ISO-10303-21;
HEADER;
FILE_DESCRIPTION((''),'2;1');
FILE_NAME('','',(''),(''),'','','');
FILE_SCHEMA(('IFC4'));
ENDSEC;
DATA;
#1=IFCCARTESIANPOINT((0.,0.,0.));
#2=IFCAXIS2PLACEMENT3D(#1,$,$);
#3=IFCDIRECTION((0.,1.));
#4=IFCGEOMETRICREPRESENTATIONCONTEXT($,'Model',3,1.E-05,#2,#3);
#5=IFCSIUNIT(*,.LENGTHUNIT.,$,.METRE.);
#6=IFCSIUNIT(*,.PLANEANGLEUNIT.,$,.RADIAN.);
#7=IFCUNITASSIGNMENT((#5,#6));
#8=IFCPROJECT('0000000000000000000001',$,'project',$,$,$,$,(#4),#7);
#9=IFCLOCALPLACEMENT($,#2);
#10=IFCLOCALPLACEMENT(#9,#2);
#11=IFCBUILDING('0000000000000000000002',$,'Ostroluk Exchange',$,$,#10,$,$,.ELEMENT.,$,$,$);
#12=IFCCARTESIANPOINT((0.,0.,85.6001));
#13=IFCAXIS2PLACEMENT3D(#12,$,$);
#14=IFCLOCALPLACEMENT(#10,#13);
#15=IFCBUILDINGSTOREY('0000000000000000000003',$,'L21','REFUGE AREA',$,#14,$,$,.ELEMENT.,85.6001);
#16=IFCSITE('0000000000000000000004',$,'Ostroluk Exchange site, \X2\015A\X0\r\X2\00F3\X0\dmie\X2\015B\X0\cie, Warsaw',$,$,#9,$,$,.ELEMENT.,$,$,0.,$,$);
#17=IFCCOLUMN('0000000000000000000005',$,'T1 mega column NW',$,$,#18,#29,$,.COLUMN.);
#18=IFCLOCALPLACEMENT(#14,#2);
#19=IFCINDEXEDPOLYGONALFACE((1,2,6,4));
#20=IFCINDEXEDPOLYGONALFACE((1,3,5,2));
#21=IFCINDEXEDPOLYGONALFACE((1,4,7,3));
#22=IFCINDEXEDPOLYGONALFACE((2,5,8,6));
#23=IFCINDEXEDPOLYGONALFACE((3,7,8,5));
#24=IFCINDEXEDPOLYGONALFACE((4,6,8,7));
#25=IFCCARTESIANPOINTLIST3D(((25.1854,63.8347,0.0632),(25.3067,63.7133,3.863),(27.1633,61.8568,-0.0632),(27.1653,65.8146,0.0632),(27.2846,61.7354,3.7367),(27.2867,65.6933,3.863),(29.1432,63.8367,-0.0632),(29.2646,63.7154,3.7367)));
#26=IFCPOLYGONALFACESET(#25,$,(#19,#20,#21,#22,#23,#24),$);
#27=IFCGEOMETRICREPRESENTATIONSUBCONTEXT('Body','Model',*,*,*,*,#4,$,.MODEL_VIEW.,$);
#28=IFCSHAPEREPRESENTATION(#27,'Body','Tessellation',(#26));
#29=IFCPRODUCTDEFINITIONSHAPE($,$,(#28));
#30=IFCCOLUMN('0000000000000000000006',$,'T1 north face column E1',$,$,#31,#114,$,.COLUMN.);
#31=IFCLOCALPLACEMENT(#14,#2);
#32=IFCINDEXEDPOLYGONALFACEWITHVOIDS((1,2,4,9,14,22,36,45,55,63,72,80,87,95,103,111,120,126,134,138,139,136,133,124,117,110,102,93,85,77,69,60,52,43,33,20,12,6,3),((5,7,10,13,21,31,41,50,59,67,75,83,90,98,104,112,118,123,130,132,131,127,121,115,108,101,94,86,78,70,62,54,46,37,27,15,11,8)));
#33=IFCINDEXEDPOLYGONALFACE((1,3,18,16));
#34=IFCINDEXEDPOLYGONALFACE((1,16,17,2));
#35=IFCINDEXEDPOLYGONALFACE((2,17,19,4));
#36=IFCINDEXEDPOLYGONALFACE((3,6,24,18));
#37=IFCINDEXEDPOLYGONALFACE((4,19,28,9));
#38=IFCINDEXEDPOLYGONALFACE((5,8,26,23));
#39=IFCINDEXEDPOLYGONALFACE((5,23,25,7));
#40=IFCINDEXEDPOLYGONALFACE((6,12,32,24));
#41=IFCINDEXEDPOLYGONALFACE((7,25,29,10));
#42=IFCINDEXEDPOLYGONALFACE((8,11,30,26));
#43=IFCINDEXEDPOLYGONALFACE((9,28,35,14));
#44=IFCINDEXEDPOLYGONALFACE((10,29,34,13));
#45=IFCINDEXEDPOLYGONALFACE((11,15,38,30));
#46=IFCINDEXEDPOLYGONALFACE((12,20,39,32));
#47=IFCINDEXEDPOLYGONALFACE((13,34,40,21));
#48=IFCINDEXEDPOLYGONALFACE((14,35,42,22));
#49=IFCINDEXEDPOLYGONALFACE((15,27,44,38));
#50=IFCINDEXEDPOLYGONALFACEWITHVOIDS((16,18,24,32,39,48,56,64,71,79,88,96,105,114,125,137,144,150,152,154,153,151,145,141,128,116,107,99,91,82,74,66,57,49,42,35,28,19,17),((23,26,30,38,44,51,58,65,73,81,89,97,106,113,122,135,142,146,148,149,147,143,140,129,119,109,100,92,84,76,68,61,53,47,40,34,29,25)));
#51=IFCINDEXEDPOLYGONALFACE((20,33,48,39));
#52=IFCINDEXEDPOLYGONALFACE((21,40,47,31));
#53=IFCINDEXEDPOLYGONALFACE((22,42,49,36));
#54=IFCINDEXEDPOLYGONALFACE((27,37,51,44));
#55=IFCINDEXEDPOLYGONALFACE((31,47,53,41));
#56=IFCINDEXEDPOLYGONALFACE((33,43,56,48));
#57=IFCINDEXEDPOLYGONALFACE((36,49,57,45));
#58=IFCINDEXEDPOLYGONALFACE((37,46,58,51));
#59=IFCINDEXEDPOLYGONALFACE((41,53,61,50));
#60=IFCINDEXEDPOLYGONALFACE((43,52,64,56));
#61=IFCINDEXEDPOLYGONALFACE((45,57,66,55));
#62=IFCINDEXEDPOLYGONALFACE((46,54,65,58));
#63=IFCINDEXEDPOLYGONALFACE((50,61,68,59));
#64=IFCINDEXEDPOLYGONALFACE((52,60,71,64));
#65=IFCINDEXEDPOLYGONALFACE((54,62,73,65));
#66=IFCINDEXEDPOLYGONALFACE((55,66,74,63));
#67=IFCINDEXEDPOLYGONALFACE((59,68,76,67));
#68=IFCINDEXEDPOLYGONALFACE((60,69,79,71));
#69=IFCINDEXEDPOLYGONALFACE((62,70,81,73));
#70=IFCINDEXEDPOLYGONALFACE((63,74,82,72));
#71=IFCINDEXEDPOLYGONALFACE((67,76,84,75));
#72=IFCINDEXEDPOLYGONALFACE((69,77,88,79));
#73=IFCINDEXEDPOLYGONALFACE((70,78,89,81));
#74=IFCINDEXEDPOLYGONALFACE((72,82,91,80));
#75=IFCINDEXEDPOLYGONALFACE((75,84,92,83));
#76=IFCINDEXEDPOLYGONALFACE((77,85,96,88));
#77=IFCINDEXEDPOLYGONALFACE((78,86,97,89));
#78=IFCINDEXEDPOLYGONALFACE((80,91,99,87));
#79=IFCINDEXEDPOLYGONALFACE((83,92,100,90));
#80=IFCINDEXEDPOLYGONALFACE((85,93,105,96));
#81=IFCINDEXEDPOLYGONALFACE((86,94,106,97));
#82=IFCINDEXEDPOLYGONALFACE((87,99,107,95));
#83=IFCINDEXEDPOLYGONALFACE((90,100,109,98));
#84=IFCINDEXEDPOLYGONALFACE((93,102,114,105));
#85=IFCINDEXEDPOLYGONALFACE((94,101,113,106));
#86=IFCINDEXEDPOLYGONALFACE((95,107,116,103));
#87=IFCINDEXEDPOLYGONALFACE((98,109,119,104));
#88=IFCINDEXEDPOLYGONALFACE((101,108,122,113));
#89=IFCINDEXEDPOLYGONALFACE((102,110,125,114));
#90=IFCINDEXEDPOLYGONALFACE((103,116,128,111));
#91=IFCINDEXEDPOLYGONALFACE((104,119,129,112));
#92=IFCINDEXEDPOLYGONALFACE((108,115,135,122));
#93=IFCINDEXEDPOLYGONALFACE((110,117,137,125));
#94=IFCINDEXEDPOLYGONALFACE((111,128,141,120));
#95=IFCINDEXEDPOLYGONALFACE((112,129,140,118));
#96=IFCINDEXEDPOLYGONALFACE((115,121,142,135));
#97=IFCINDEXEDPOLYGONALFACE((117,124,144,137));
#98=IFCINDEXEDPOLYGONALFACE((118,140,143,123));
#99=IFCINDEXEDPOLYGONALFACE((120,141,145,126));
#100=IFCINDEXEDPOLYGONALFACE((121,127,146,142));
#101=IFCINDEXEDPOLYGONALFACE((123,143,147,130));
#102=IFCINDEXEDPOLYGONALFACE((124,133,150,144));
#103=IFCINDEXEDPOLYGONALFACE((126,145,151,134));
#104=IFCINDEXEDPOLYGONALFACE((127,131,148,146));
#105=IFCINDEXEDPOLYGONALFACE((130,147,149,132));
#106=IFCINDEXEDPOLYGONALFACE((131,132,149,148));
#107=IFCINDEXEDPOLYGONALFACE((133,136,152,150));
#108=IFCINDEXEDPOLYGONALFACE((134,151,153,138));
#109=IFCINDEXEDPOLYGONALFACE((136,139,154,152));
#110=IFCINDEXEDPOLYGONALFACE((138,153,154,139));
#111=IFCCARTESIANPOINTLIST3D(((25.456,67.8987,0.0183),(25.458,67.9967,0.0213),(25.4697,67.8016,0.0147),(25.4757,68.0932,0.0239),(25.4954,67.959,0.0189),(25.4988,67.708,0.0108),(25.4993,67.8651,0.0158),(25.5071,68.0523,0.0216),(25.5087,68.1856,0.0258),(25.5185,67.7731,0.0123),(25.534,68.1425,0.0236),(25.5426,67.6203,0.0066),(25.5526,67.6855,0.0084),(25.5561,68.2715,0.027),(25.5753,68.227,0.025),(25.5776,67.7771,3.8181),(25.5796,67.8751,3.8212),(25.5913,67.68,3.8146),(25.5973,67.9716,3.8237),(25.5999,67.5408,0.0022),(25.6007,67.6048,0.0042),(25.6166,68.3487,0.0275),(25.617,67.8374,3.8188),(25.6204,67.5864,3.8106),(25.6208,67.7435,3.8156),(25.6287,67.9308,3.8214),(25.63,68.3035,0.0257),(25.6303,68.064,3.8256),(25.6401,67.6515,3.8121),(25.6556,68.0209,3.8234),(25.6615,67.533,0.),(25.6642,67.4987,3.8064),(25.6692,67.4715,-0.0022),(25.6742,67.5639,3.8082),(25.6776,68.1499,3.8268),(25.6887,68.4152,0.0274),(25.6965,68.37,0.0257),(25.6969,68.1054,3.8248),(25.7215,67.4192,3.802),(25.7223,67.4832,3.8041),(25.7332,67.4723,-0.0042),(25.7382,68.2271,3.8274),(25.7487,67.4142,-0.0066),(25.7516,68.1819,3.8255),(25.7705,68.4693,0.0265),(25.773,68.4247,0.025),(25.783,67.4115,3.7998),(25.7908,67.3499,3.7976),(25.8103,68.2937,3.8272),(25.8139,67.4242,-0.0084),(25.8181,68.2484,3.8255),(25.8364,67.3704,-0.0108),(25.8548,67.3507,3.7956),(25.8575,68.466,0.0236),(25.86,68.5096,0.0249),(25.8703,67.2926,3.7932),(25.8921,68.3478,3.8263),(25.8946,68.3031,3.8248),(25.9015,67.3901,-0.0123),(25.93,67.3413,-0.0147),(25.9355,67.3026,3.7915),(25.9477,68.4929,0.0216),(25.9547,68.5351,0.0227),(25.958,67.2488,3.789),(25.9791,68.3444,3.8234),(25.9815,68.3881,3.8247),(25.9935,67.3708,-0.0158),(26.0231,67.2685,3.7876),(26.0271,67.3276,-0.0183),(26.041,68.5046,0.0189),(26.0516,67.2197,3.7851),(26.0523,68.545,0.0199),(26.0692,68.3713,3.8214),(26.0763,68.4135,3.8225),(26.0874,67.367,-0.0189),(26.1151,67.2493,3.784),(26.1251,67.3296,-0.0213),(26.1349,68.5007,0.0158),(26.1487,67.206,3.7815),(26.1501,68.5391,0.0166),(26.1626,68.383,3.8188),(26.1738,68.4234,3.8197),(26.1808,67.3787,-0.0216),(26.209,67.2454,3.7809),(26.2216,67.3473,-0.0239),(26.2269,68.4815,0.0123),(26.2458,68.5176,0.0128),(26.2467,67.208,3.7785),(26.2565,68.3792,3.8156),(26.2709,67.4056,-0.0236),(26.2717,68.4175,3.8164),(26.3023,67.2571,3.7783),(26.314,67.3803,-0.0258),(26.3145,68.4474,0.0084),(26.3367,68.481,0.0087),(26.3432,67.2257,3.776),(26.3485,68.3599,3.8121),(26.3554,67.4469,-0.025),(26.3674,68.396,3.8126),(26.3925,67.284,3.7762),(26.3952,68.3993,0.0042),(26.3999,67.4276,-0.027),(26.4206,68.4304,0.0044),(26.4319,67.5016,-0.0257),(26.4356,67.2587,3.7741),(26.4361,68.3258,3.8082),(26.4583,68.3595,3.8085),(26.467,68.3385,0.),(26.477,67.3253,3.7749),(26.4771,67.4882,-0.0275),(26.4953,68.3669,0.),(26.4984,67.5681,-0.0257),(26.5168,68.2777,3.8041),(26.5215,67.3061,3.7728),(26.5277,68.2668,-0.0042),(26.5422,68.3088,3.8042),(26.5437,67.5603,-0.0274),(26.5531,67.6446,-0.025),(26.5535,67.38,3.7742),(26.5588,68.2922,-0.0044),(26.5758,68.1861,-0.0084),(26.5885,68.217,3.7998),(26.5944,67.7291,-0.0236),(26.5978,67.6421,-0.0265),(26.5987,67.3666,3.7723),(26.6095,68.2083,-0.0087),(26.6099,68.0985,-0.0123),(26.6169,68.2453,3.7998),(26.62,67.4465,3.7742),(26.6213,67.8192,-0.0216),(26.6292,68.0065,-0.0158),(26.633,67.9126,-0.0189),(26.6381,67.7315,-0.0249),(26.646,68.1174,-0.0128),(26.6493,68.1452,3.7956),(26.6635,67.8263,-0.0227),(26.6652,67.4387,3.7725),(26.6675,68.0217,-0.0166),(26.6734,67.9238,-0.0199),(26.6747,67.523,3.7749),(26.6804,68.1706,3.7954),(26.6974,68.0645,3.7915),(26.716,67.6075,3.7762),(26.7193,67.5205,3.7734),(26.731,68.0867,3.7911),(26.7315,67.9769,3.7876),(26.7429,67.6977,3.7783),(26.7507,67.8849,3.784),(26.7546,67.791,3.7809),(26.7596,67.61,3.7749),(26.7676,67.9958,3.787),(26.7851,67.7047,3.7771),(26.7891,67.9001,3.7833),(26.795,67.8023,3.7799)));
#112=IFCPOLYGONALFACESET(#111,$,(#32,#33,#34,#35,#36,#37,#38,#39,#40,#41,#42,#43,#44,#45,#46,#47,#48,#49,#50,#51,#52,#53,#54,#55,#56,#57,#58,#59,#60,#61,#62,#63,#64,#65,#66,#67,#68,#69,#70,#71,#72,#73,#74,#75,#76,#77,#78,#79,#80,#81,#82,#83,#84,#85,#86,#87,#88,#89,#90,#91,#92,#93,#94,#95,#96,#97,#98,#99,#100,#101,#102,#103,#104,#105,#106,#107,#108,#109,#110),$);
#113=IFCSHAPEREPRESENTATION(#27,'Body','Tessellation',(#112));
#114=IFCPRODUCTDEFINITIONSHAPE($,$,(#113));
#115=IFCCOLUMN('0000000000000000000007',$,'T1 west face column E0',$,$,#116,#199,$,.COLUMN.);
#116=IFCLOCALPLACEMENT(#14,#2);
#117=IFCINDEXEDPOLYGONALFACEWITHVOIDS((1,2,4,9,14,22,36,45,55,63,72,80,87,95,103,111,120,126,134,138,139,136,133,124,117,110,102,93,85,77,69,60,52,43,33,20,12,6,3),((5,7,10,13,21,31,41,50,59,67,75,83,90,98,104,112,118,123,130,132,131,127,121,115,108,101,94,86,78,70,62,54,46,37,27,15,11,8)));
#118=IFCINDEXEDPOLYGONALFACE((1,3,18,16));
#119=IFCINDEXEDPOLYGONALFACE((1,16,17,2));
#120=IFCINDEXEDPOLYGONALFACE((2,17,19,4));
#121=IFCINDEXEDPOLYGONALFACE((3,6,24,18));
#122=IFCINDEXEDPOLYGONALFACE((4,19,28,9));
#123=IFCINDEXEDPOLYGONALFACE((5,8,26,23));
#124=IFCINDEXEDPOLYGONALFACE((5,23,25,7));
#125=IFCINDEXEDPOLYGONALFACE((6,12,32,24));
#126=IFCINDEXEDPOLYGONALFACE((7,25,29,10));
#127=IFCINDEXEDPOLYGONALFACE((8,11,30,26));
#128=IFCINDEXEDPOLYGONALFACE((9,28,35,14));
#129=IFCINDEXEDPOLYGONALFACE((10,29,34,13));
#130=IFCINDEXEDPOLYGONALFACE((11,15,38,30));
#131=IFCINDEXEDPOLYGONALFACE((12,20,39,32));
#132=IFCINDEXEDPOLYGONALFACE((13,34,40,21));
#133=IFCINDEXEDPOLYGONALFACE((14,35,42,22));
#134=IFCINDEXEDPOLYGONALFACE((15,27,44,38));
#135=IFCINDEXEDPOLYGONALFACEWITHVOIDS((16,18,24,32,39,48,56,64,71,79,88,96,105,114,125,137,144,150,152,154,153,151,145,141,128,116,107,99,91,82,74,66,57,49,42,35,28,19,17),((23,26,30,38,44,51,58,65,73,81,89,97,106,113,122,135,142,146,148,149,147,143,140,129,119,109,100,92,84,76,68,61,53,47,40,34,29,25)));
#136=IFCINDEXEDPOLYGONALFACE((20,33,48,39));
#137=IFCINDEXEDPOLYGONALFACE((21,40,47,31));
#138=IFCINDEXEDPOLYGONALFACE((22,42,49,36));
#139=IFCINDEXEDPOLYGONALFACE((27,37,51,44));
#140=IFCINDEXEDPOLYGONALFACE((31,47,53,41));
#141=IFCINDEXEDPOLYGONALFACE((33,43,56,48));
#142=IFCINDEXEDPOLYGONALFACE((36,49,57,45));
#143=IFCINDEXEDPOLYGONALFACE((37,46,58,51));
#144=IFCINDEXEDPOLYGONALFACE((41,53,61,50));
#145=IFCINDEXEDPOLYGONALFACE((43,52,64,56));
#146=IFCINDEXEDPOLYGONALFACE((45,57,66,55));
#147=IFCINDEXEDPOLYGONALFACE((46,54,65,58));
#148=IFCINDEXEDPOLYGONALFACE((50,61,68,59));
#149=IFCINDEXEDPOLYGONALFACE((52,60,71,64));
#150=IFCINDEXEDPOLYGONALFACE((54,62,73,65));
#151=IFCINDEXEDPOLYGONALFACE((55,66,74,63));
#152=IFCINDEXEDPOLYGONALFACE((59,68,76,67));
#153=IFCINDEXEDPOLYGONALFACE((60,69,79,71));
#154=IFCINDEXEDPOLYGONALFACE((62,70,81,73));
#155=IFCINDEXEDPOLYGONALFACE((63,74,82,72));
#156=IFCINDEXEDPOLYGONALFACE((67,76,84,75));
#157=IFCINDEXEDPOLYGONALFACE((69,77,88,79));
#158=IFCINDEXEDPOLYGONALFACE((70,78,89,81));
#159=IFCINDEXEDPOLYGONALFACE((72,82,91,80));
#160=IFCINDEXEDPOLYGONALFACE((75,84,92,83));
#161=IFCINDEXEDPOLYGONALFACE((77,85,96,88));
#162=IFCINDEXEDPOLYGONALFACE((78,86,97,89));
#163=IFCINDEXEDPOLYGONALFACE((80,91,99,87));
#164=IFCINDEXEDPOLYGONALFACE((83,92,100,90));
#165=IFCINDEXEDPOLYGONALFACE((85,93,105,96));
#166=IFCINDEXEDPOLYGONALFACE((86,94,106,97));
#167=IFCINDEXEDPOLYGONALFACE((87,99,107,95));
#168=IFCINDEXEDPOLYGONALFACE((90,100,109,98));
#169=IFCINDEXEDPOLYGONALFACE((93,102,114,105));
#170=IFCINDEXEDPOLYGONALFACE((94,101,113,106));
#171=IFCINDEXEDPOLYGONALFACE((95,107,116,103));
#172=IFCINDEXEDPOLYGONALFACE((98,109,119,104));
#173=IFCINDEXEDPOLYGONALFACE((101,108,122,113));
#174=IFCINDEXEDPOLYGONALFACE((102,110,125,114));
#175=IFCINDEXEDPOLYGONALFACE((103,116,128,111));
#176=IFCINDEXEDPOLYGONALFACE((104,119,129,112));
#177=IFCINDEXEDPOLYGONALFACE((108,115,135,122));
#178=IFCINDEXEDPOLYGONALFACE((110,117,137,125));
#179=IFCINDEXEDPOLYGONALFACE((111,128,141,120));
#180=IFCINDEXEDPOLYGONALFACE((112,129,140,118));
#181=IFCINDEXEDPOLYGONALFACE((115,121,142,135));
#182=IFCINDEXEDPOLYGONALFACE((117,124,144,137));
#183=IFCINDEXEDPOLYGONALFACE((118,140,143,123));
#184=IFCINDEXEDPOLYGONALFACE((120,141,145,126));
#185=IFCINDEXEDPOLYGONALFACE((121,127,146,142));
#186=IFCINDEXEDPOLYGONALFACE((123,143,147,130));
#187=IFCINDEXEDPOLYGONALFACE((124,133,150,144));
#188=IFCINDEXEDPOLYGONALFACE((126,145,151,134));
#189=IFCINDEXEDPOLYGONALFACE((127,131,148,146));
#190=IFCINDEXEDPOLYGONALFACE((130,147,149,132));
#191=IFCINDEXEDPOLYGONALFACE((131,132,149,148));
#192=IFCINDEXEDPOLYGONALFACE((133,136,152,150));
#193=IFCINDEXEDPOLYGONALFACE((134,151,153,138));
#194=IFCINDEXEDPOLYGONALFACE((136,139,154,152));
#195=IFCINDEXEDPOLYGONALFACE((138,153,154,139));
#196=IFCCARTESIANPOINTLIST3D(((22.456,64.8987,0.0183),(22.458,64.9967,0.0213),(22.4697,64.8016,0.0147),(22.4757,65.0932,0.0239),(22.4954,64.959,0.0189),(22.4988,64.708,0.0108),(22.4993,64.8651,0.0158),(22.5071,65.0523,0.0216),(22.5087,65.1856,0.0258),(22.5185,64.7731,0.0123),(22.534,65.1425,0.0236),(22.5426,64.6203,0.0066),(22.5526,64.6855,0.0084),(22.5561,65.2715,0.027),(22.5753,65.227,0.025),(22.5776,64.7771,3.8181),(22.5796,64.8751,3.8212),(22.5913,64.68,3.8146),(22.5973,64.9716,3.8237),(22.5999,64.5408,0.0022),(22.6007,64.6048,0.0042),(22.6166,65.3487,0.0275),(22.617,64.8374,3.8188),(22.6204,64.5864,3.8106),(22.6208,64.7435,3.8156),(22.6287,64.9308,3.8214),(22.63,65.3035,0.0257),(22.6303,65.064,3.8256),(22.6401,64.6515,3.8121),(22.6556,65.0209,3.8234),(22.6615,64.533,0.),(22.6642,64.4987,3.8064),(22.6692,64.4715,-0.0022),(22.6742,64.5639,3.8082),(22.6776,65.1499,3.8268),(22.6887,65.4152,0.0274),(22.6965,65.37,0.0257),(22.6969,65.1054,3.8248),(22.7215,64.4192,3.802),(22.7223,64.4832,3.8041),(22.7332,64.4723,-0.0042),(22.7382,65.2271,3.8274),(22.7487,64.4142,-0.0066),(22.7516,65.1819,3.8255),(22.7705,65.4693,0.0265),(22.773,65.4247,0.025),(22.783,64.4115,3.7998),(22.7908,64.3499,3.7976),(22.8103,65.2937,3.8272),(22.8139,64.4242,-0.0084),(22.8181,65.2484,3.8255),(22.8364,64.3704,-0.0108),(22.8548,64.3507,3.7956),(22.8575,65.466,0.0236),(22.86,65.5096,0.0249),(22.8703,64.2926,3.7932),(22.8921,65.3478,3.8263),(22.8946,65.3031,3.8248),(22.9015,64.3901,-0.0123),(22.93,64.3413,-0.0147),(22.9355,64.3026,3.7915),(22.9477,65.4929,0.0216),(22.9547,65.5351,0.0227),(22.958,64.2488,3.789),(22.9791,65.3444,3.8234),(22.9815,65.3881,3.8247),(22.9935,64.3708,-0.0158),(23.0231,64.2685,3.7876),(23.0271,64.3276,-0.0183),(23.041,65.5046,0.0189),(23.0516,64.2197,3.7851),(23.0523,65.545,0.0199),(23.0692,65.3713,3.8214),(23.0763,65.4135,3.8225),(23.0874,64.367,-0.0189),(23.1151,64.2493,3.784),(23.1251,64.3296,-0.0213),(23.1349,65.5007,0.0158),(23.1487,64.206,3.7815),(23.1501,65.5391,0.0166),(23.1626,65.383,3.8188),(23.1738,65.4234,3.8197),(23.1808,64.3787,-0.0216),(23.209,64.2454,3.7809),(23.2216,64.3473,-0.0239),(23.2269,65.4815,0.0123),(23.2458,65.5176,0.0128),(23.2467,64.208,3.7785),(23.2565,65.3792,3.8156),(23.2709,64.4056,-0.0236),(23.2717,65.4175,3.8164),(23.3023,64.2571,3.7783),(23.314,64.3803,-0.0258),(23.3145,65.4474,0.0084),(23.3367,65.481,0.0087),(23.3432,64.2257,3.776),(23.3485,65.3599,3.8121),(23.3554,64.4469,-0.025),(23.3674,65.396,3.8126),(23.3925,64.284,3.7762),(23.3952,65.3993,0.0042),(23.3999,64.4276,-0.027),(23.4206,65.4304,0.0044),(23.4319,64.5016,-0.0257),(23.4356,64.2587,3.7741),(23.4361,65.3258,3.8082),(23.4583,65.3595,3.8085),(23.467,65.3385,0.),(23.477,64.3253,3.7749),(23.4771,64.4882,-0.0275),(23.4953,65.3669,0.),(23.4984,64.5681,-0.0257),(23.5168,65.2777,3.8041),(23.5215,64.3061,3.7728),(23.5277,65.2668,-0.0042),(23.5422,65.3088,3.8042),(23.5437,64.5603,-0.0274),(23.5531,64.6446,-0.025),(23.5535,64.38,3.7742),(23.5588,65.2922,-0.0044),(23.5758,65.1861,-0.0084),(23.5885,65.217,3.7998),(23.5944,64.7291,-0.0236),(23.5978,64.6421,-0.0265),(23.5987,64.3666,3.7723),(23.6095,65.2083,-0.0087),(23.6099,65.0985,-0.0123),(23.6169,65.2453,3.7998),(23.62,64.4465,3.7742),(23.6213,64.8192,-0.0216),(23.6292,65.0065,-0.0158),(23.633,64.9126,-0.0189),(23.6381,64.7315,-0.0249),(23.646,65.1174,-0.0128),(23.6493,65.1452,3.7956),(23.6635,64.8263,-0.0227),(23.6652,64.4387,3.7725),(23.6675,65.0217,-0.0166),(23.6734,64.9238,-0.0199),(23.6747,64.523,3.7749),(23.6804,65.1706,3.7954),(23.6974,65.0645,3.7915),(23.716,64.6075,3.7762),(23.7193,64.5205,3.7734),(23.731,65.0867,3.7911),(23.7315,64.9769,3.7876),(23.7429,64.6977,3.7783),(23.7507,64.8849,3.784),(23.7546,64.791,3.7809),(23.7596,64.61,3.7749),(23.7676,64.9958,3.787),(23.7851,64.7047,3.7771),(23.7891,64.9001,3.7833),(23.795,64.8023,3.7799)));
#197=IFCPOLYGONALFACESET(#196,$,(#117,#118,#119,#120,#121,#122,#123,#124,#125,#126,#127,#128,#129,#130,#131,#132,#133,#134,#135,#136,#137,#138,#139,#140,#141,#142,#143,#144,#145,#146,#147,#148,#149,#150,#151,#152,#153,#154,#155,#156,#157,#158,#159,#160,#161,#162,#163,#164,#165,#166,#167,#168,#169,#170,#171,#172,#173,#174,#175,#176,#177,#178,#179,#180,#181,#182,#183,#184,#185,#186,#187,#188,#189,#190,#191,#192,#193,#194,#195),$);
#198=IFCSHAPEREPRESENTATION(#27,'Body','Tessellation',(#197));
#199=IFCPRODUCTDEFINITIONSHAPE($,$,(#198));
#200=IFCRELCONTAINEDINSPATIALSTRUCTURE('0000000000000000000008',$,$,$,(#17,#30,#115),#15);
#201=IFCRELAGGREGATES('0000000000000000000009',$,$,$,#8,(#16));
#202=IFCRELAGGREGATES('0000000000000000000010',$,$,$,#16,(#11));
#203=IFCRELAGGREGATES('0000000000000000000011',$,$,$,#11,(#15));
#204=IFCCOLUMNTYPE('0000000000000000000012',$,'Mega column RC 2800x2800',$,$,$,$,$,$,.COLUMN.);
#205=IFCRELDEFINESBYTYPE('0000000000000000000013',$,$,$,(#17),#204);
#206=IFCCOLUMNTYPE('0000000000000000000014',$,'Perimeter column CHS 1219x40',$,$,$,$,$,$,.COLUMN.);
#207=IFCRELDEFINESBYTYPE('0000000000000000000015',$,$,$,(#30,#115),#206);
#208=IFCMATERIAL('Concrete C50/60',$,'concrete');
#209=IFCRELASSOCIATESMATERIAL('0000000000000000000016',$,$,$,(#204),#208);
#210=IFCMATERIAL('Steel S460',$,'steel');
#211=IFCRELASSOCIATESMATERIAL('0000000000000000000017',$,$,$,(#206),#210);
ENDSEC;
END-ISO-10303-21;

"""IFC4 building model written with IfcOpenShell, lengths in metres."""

from ifc_helpers import new_model, si_unit, direction, frame, origin, origin_2d, place, context, subcontext, project, spatial, rectangle, hollow_circle, extrude, material, material_profile, profile_set, type_object, element, save


model = new_model("IFC4")

# Units and contexts
model_context = context("Model", 3, precision=1e-05, world=origin(), true_north=direction((0.0, 1.0)))
body_context = subcontext(model_context, "Body", "Model", "MODEL_VIEW")
ifc_project = project(units=[si_unit("LENGTHUNIT", "METRE"), si_unit("PLANEANGLEUNIT", "RADIAN")], contexts=[model_context])

# Site, building, storey
site_placement = place(None, origin())
site = spatial("IfcSite", under=ifc_project, at=site_placement, Name="Ostroluk Exchange site, Śródmieście, Warsaw", CompositionType="ELEMENT", RefElevation=0.0)
building_placement = place(site_placement, origin())
building = spatial("IfcBuilding", under=site, at=building_placement, Name="Ostroluk Exchange", CompositionType="ELEMENT")
storey_placement = place(building_placement, frame((0.0, 0.0, 85.6001)))
storey = spatial("IfcBuildingStorey", under=building, at=storey_placement, Name="L21", Description="REFUGE AREA", CompositionType="ELEMENT", Elevation=85.6001)

# Columns
ifc_material_1 = material(Name="Concrete C50/60", Category="concrete")
ifc_material_profile_1 = material_profile(ifc_material_1, rectangle(XDim=2.8, YDim=2.8, at=origin_2d()), Name="RC 2800x2800")
ifc_profile_set_1 = profile_set([ifc_material_profile_1], Name="Concrete C50/60")
column_type_1 = type_object("IfcColumnType", Name="Mega column RC 2800x2800", PredefinedType="COLUMN", material=ifc_profile_set_1)
column_placement = place(storey_placement, frame((27.1643, 63.8357, 0.0), z_axis=(0.0319, -0.0319, 0.998982), x_axis=(0.707107, 0.707107, 0.0)))
element("IfcColumn", 1, at=column_placement, inside=storey, type_object=column_type_1, Name="T1 mega column NW", PredefinedType="COLUMN", context=body_context, shape_type="SweptSolid", body=[
    extrude(rectangle(XDim=2.8, YDim=2.8, at=origin_2d()), origin(), (0.0, 0.0, 1.0), 3.8037),
])
ifc_material_2 = material(Name="Steel S460", Category="steel")
ifc_material_profile_2 = material_profile(ifc_material_2, hollow_circle(Radius=0.6096, WallThickness=0.04, at=origin_2d()), Name="CHS 1219x40")
ifc_profile_set_2 = profile_set([ifc_material_profile_2], Name="Steel S460")
column_type_2 = type_object("IfcColumnType", Name="Perimeter column CHS 1219x40", PredefinedType="COLUMN", material=ifc_profile_set_2)
for number, where, z_axis, x_axis, name in (
    (2, (26.0642, 67.9358, 0.0), (0.031964, -0.031964, 0.998978), (0.707107, 0.707107, 0.0), "T1 north face column E1"),
    (3, (23.0642, 64.9358, 0.0), (0.031964, -0.031964, 0.998978), (0.707107, 0.707107, 0.0), "T1 west face column E0"),
):
    element("IfcColumn", number, at=place(storey_placement, frame(where, z_axis=z_axis, x_axis=x_axis)), inside=storey, type_object=column_type_2, Name=name, PredefinedType="COLUMN", context=body_context, shape_type="SweptSolid", body=[
        extrude(hollow_circle(Radius=0.6096, WallThickness=0.04, at=origin_2d()), origin(), (0.0, 0.0, 1.0), 3.8037),
    ])

save(model, "model.ifc")
